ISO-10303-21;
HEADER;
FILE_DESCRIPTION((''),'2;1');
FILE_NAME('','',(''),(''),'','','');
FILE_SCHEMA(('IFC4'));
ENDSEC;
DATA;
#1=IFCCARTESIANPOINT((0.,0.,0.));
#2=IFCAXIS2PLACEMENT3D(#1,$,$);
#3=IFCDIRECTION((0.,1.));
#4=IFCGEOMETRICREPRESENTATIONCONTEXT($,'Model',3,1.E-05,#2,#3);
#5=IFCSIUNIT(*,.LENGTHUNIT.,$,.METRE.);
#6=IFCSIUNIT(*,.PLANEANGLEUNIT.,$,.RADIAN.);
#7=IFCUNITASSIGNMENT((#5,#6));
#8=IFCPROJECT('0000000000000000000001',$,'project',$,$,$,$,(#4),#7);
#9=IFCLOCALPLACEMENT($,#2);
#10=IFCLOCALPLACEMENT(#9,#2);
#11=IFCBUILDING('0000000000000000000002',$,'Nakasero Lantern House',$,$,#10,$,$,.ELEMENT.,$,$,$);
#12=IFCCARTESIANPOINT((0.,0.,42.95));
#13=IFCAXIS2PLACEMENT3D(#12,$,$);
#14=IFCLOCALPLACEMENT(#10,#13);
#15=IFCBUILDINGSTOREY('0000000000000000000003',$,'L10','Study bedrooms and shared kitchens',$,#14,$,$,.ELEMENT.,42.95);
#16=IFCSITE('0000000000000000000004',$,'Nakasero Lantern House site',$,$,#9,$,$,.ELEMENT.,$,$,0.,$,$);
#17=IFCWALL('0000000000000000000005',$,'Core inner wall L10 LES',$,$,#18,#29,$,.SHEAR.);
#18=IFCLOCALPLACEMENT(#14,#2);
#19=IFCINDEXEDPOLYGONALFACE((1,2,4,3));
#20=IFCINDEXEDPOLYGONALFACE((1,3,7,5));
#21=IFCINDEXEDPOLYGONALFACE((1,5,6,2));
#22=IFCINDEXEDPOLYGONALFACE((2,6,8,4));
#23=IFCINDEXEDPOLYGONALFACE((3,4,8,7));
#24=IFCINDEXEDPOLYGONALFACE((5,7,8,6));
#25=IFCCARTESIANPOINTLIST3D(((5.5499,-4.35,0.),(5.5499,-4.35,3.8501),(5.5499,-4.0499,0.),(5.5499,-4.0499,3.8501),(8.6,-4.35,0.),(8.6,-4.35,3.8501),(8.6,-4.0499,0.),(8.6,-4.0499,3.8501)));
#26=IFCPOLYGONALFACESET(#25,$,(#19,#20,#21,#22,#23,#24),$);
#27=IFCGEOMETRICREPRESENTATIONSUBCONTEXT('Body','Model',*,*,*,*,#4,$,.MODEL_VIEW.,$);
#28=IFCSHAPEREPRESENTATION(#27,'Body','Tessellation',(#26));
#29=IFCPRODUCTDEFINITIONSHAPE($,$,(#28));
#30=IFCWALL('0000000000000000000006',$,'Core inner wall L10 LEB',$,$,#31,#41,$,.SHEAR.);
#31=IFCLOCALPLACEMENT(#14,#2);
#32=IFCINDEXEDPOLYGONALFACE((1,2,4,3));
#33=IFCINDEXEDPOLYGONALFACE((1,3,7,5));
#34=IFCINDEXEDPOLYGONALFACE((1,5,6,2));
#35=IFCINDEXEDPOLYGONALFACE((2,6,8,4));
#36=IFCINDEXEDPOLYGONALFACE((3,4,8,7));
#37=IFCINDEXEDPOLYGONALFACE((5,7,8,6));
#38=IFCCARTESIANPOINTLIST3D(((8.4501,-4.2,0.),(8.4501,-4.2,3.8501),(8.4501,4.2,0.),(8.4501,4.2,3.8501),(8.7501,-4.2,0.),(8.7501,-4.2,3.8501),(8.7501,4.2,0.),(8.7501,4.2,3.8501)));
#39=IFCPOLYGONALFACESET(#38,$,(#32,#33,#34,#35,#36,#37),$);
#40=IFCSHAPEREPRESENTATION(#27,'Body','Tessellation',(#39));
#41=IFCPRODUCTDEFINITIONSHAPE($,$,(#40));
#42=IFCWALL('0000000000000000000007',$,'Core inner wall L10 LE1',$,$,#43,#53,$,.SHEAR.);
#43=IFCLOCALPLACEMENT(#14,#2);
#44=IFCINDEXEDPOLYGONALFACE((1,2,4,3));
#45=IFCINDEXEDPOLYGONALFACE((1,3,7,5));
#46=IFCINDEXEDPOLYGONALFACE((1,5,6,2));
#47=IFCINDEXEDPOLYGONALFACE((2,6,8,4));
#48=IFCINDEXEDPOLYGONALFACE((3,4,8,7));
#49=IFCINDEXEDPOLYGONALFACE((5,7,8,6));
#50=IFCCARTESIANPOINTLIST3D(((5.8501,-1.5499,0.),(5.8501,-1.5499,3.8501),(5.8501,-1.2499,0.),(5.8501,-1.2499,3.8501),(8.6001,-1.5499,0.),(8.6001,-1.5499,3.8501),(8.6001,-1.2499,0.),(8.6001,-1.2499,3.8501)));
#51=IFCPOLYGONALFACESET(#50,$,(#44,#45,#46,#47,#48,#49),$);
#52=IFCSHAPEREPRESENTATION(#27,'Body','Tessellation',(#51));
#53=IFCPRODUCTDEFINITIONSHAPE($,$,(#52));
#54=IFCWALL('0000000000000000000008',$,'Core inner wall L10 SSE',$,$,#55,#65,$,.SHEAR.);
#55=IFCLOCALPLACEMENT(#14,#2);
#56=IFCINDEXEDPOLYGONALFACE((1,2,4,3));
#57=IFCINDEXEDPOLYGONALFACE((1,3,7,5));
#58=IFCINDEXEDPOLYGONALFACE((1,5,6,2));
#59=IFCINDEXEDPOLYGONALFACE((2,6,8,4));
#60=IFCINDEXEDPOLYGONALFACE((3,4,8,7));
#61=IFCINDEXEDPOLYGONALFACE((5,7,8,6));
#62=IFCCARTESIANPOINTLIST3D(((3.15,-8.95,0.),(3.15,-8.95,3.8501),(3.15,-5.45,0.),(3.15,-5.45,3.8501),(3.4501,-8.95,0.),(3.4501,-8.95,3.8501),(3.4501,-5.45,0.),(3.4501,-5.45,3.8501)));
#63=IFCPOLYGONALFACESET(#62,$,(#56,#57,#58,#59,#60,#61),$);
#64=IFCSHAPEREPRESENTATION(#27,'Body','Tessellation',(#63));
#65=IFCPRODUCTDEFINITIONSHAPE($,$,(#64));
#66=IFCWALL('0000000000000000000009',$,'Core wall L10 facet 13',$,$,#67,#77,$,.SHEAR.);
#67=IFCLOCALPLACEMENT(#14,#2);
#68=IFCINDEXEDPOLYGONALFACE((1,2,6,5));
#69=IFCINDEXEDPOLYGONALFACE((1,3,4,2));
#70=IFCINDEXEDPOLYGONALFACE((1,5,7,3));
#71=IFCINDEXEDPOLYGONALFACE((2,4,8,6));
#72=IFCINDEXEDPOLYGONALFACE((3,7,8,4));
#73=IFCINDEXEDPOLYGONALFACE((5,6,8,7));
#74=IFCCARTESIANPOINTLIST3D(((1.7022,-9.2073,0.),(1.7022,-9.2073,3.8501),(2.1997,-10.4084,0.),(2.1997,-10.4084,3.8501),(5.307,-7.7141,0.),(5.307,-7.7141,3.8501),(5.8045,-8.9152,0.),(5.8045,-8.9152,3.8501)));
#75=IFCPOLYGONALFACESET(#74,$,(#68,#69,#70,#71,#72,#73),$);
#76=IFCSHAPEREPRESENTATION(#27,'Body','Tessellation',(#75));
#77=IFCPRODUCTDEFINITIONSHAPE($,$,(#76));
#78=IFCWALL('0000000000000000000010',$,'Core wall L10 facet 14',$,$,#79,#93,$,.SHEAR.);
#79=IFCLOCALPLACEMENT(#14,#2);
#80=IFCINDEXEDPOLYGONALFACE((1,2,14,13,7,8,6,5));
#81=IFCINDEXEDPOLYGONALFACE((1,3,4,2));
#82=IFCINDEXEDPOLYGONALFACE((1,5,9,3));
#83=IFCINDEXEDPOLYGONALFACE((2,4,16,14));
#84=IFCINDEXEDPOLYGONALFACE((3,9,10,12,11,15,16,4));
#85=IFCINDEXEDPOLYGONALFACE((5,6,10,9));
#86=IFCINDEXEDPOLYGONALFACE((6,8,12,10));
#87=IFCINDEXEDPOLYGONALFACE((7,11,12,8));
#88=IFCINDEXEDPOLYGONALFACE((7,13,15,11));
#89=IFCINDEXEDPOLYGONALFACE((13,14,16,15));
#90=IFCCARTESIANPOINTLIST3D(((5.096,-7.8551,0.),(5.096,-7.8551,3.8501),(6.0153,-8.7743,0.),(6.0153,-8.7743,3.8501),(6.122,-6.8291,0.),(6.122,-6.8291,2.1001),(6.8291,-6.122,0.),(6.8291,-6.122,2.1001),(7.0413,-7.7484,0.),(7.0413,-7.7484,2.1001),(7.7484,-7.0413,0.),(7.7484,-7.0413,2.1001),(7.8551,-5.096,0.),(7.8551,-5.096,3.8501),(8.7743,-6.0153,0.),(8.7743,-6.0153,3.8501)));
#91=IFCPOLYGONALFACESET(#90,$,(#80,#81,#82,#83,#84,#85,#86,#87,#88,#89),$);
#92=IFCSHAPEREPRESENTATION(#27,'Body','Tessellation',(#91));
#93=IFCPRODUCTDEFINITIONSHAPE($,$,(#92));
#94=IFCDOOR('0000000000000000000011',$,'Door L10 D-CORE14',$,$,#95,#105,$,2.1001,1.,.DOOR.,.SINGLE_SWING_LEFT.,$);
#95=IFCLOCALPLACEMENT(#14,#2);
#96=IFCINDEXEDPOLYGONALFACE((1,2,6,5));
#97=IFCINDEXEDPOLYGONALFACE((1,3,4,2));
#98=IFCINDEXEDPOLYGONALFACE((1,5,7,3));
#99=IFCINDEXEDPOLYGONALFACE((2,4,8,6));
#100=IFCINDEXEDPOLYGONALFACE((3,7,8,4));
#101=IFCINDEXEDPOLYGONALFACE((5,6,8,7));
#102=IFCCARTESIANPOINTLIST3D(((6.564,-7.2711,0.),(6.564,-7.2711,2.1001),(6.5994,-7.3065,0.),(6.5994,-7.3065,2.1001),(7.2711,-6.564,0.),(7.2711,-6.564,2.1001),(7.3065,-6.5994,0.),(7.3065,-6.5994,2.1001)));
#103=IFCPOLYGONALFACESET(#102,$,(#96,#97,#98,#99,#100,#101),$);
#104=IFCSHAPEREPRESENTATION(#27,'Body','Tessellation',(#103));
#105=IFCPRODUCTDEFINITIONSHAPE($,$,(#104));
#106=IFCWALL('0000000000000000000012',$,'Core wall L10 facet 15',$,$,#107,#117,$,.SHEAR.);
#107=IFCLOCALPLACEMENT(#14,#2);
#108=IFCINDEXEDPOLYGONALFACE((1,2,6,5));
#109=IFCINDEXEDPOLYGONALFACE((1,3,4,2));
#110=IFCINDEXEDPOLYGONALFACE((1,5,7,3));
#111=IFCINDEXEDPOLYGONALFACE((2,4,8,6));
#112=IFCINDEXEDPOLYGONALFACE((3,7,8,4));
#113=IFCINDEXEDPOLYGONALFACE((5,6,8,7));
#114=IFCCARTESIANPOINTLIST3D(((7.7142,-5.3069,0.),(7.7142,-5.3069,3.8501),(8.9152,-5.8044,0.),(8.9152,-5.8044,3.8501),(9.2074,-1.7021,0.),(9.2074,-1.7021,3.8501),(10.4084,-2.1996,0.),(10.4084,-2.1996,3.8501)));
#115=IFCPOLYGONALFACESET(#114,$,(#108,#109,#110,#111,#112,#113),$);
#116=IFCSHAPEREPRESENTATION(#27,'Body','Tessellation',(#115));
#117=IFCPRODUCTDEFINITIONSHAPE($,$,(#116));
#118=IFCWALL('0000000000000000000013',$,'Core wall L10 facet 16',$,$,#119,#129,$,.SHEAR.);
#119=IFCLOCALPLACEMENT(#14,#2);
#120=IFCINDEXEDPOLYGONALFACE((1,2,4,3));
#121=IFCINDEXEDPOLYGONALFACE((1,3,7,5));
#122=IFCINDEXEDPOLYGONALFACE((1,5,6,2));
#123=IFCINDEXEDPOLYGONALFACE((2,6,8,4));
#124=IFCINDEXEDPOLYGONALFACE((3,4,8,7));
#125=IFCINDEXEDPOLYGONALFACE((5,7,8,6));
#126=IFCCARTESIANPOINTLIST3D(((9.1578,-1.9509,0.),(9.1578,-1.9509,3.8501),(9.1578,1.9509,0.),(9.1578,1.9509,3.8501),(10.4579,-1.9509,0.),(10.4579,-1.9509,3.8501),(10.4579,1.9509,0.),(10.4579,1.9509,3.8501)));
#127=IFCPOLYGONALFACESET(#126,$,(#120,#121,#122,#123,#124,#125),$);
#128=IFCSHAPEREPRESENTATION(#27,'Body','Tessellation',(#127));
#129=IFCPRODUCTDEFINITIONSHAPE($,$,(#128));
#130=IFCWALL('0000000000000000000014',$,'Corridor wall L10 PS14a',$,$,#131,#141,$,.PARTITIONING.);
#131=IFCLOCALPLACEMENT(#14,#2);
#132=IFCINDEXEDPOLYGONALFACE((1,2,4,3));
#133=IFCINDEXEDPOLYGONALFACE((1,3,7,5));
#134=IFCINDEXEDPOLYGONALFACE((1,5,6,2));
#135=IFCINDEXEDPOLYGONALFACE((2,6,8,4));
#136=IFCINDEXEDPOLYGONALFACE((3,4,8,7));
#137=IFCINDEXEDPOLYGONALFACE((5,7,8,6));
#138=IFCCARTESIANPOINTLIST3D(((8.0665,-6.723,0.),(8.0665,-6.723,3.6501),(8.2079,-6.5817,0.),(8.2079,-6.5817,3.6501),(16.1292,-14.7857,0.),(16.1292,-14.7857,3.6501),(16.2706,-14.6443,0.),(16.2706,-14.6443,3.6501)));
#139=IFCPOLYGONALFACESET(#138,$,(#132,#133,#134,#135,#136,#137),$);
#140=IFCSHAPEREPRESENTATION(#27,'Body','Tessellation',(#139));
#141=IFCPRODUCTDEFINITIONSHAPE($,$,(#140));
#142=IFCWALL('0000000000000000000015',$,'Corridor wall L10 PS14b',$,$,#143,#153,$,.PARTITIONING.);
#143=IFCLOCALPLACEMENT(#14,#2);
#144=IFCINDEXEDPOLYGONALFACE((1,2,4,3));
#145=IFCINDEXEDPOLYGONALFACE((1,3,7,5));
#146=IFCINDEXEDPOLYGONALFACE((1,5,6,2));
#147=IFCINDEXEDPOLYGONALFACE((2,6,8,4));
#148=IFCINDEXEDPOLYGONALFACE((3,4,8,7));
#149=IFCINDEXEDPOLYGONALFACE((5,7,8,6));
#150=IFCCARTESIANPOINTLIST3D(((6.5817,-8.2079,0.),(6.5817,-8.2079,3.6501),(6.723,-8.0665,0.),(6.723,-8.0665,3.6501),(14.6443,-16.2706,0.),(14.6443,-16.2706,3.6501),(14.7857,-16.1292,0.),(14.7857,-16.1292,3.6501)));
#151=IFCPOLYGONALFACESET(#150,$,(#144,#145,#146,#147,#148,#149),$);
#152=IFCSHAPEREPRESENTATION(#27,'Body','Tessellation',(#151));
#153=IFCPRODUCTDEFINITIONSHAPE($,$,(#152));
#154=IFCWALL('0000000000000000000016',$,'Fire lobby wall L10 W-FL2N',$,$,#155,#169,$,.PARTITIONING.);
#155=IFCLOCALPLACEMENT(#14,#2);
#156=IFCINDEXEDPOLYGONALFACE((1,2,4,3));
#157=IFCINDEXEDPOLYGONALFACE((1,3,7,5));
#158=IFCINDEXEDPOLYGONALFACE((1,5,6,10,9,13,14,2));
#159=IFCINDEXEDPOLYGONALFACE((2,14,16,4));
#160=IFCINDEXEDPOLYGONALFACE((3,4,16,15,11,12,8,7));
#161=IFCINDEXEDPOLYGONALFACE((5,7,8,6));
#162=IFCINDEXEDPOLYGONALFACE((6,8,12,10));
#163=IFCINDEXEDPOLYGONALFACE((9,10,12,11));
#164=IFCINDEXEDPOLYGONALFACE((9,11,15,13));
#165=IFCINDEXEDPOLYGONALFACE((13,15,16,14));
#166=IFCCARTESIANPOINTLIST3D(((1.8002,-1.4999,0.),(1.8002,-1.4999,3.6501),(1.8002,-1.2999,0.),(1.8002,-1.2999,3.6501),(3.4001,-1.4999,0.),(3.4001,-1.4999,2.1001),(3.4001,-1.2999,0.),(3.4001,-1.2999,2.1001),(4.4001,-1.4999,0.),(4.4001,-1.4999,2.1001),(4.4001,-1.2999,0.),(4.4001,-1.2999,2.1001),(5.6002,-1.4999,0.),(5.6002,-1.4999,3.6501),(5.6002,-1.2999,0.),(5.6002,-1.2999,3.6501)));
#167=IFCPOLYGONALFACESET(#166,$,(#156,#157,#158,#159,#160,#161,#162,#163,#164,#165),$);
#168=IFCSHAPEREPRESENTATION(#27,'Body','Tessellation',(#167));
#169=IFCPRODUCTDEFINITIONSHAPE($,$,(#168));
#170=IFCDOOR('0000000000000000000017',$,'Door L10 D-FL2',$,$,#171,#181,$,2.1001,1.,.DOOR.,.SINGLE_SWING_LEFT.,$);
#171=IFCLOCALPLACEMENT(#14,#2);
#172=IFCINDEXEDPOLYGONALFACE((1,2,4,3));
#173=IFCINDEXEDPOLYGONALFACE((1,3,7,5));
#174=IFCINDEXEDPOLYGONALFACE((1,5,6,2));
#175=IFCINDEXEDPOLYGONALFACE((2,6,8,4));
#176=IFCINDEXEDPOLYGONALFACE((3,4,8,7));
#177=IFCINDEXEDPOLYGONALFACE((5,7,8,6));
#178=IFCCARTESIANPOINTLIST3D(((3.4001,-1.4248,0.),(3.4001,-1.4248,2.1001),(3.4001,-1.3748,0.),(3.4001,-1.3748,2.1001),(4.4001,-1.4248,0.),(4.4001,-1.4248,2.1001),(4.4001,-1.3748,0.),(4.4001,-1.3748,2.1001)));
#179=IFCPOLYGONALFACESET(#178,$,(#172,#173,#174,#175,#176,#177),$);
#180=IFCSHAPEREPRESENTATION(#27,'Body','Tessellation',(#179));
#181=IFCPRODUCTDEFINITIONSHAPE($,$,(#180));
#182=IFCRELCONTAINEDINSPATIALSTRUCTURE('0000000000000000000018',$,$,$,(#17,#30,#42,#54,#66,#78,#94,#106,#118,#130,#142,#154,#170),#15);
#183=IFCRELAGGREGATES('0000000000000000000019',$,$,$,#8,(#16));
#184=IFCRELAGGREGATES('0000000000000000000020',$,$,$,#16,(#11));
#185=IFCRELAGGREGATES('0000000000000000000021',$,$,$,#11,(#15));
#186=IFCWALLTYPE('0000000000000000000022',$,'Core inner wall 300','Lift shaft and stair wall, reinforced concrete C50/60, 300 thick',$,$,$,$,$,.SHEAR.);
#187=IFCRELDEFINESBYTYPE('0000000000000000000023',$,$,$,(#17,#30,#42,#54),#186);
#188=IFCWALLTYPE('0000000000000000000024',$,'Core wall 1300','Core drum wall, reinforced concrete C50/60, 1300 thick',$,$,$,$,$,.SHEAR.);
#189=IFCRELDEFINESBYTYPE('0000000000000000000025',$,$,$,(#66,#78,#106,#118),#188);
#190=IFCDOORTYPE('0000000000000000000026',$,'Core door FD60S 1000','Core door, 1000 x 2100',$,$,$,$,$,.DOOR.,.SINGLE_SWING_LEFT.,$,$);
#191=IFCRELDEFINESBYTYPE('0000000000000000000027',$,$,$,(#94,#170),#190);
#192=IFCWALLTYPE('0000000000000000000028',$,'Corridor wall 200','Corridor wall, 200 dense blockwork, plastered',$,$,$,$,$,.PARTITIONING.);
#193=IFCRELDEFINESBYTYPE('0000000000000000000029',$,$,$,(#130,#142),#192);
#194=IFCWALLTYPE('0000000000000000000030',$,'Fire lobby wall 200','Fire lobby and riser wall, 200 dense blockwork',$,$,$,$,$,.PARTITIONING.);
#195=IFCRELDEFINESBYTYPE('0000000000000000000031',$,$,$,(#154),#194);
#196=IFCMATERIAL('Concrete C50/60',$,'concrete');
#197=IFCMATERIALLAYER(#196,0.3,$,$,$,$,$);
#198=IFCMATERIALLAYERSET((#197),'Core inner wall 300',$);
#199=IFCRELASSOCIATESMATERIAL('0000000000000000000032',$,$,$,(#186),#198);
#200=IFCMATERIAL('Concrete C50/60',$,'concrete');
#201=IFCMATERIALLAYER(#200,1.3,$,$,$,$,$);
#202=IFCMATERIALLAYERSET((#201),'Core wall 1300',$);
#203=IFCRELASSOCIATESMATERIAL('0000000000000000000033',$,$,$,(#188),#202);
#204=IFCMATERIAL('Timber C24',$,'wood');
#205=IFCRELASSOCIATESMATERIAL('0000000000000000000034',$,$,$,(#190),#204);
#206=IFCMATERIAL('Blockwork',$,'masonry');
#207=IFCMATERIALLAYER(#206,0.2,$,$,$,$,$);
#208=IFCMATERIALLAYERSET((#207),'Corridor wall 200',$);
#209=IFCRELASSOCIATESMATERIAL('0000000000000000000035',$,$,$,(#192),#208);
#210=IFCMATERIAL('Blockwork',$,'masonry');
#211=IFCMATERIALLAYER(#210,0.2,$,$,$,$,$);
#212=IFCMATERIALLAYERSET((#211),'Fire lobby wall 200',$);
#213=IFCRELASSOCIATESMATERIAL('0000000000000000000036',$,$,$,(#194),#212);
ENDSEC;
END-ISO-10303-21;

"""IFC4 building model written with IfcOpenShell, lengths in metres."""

from ifc_helpers import new_model, si_unit, direction, frame, frame_2d, origin, place, context, subcontext, project, spatial, rectangle, extrude, material, layer, layer_set, type_object, element, fill, save


model = new_model("IFC4")

# Units and contexts
model_context = context("Model", 3, precision=1e-05, world=origin(), true_north=direction((0.0, 1.0)))
body_context = subcontext(model_context, "Body", "Model", "MODEL_VIEW")
ifc_project = project(units=[si_unit("LENGTHUNIT", "METRE"), si_unit("PLANEANGLEUNIT", "RADIAN")], contexts=[model_context])

# Site, building, storey
site_placement = place(None, origin())
site = spatial("IfcSite", under=ifc_project, at=site_placement, Name="Nakasero Lantern House site", CompositionType="ELEMENT", RefElevation=0.0)
building_placement = place(site_placement, origin())
building = spatial("IfcBuilding", under=site, at=building_placement, Name="Nakasero Lantern House", CompositionType="ELEMENT")
storey_placement = place(building_placement, frame((0.0, 0.0, 42.95)))
storey = spatial("IfcBuildingStorey", under=building, at=storey_placement, Name="L10", Description="Study bedrooms and shared kitchens", CompositionType="ELEMENT", Elevation=42.95)

# Shared definitions
ifc_material_1 = material(Name="Concrete C50/60", Category="concrete")
ifc_layer_1 = layer(ifc_material_1, 0.3)
ifc_layer_set_1 = layer_set([ifc_layer_1], Name="Core inner wall 300")
wall_type_1 = type_object("IfcWallType", Name="Core inner wall 300", Description="Lift shaft and stair wall, reinforced concrete C50/60, 300 thick", PredefinedType="SHEAR", material=ifc_layer_set_1)

# Walls
wall_1_placement = place(storey_placement, frame((5.55, -4.2, 0.0), z_axis=(0.0, 0.0, 1.0), x_axis=(1.0, 0.0, 0.0)))
element("IfcWall", 1, at=wall_1_placement, inside=storey, type_object=wall_type_1, Name="Core inner wall L10 LES", PredefinedType="SHEAR", context=body_context, shape_type="SweptSolid", body=[
    extrude(rectangle(XDim=3.05, YDim=0.3, at=frame_2d((1.5249, 0.0))), origin(), (0.0, 0.0, 1.0), 3.8501),
])
wall_2_placement = place(storey_placement, frame((8.6001, -4.2, 0.0), z_axis=(0.0, 0.0, 1.0), x_axis=(0.0, 1.0, 0.0)))
element("IfcWall", 2, at=wall_2_placement, inside=storey, type_object=wall_type_1, Name="Core inner wall L10 LEB", PredefinedType="SHEAR", context=body_context, shape_type="SweptSolid", body=[
    extrude(rectangle(XDim=8.3999, YDim=0.3, at=frame_2d((4.2, 0.0))), origin(), (0.0, 0.0, 1.0), 3.8501),
])
wall_3_placement = place(storey_placement, frame((5.8501, -1.3999, 0.0), z_axis=(0.0, 0.0, 1.0), x_axis=(1.0, 0.0, 0.0)))
element("IfcWall", 3, at=wall_3_placement, inside=storey, type_object=wall_type_1, Name="Core inner wall L10 LE1", PredefinedType="SHEAR", context=body_context, shape_type="SweptSolid", body=[
    extrude(rectangle(XDim=2.75, YDim=0.3, at=frame_2d((1.375, 0.0))), origin(), (0.0, 0.0, 1.0), 3.8501),
])
wall_4_placement = place(storey_placement, frame((3.3, -5.45, 0.0), z_axis=(0.0, 0.0, 1.0), x_axis=(0.0, -1.0, 0.0)))
element("IfcWall", 4, at=wall_4_placement, inside=storey, type_object=wall_type_1, Name="Core inner wall L10 SSE", PredefinedType="SHEAR", context=body_context, shape_type="SweptSolid", body=[
    extrude(rectangle(XDim=3.5, YDim=0.3, at=frame_2d((1.75, 0.0))), origin(), (0.0, 0.0, 1.0), 3.8501),
])
ifc_material_2 = material(Name="Concrete C50/60", Category="concrete")
ifc_layer_2 = layer(ifc_material_2, 1.3)
ifc_layer_set_2 = layer_set([ifc_layer_2], Name="Core wall 1300")
wall_type_2 = type_object("IfcWallType", Name="Core wall 1300", Description="Core drum wall, reinforced concrete C50/60, 1300 thick", PredefinedType="SHEAR", material=ifc_layer_set_2)
wall_5_placement = place(storey_placement, frame((1.9509, -9.8079, 0.0), z_axis=(0.0, 0.0, 1.0), x_axis=(0.923877, 0.382691, 0.0)))
element("IfcWall", 5, at=wall_5_placement, inside=storey, type_object=wall_type_2, Name="Core wall L10 facet 13", PredefinedType="SHEAR", context=body_context, shape_type="SweptSolid", body=[
    extrude(rectangle(XDim=3.9019, YDim=1.3, at=frame_2d((1.9509, 0.0))), origin(), (0.0, 0.0, 1.0), 3.8501),
])

# Wall, opening, door
wall_6_placement = place(storey_placement, frame((5.5557, -8.3147, 0.0), z_axis=(0.0, 0.0, 1.0), x_axis=(0.707107, 0.707107, 0.0)))
wall_6 = element("IfcWall", 6, at=wall_6_placement, inside=storey, type_object=wall_type_2, Name="Core wall L10 facet 14", PredefinedType="SHEAR", context=body_context, shape_type="SweptSolid", body=[
    extrude(rectangle(XDim=3.9019, YDim=1.3, at=frame_2d((1.9509, 0.0))), origin(), (0.0, 0.0, 1.0), 3.8501),
])
opening_1_placement = place(wall_6_placement, frame((1.4509, 0.0, 0.0)))
opening_1 = element("IfcOpeningElement", 7, at=opening_1_placement, cuts=wall_6, PredefinedType="OPENING", context=body_context, shape_type="SweptSolid", body=[
    extrude(rectangle(XDim=1.0, YDim=2.1001, at=frame_2d((0.5, 1.05))), frame((0.0, 0.6699, 0.0), z_axis=(0.0, -1.0, 0.0), x_axis=(1.0, 0.0, 0.0)), (0.0, 0.0, 1.0), 1.3401),
])
ifc_material_3 = material(Name="Timber C24", Category="wood")
door_type_1 = type_object("IfcDoorType", Name="Core door FD60S 1000", Description="Core door, 1000 x 2100", OperationType="SINGLE_SWING_LEFT", PredefinedType="DOOR", material=ifc_material_3)
door_1_placement = place(opening_1_placement, origin())
door_1 = element("IfcDoor", 8, at=door_1_placement, inside=storey, type_object=door_type_1, Name="Door L10 D-CORE14", OperationType="SINGLE_SWING_LEFT", OverallHeight=2.1001, OverallWidth=1.0, PredefinedType="DOOR", context=body_context, shape_type="SweptSolid", body=[
    extrude(rectangle(XDim=1.0, YDim=2.1001, at=frame_2d((0.5, 1.05))), frame((0.0, 0.0249, 0.0), z_axis=(0.0, -1.0, 0.0), x_axis=(1.0, 0.0, 0.0)), (0.0, 0.0, 1.0), 0.05),
])
fill(opening_1, door_1)

# Walls
for number, where, z_axis, x_axis, name in (
    (9, (8.3147, -5.5557, 0.0), (0.0, 0.0, 1.0), (0.382691, 0.923877, 0.0), "Core wall L10 facet 15"),
    (10, (9.8079, -1.9509, 0.0), (0.0, 0.0, 1.0), (0.0, 1.0, 0.0), "Core wall L10 facet 16"),
):
    element("IfcWall", number, at=place(storey_placement, frame(where, z_axis=z_axis, x_axis=x_axis)), inside=storey, type_object=wall_type_2, Name=name, PredefinedType="SHEAR", context=body_context, shape_type="SweptSolid", body=[
        extrude(rectangle(XDim=3.9019, YDim=1.3, at=frame_2d((1.9509, 0.0))), origin(), (0.0, 0.0, 1.0), 3.8501),
    ])
ifc_material_4 = material(Name="Blockwork", Category="masonry")
ifc_layer_3 = layer(ifc_material_4, 0.2)
ifc_layer_set_3 = layer_set([ifc_layer_3], Name="Corridor wall 200")
wall_type_3 = type_object("IfcWallType", Name="Corridor wall 200", Description="Corridor wall, 200 dense blockwork, plastered", PredefinedType="PARTITIONING", material=ifc_layer_set_3)
for number, where, z_axis, x_axis, name in (
    (11, (8.1372, -6.6523, 0.0), (0.0, 0.0, 1.0), (0.707107, -0.707107, 0.0), "Corridor wall L10 PS14a"),
    (12, (6.6523, -8.1372, 0.0), (0.0, 0.0, 1.0), (0.707107, -0.707107, 0.0), "Corridor wall L10 PS14b"),
):
    element("IfcWall", number, at=place(storey_placement, frame(where, z_axis=z_axis, x_axis=x_axis)), inside=storey, type_object=wall_type_3, Name=name, PredefinedType="PARTITIONING", context=body_context, shape_type="SweptSolid", body=[
        extrude(rectangle(XDim=11.4023, YDim=0.2, at=frame_2d((5.7012, 0.0))), origin(), (0.0, 0.0, 1.0), 3.6501),
    ])

# Wall, opening, door
ifc_material_5 = material(Name="Blockwork", Category="masonry")
ifc_layer_4 = layer(ifc_material_5, 0.2)
ifc_layer_set_4 = layer_set([ifc_layer_4], Name="Fire lobby wall 200")
wall_type_4 = type_object("IfcWallType", Name="Fire lobby wall 200", Description="Fire lobby and riser wall, 200 dense blockwork", PredefinedType="PARTITIONING", material=ifc_layer_set_4)
wall_7_placement = place(storey_placement, frame((5.6001, -1.3999, 0.0), z_axis=(0.0, 0.0, 1.0), x_axis=(-1.0, 0.0, 0.0)))
wall_7 = element("IfcWall", 13, at=wall_7_placement, inside=storey, type_object=wall_type_4, Name="Fire lobby wall L10 W-FL2N", PredefinedType="PARTITIONING", context=body_context, shape_type="SweptSolid", body=[
    extrude(rectangle(XDim=3.8, YDim=0.2, at=frame_2d((1.8999, 0.0))), origin(), (0.0, 0.0, 1.0), 3.6501),
])
opening_2_placement = place(wall_7_placement, frame((1.2, 0.0, 0.0)))
opening_2 = element("IfcOpeningElement", 14, at=opening_2_placement, cuts=wall_7, PredefinedType="OPENING", context=body_context, shape_type="SweptSolid", body=[
    extrude(rectangle(XDim=1.0, YDim=2.1001, at=frame_2d((0.5, 1.05))), frame((0.0, 0.1199, 0.0), z_axis=(0.0, -1.0, 0.0), x_axis=(1.0, 0.0, 0.0)), (0.0, 0.0, 1.0), 0.24),
])
door_2_placement = place(opening_2_placement, origin())
door_2 = element("IfcDoor", 15, at=door_2_placement, inside=storey, type_object=door_type_1, Name="Door L10 D-FL2", OperationType="SINGLE_SWING_LEFT", OverallHeight=2.1001, OverallWidth=1.0, PredefinedType="DOOR", context=body_context, shape_type="SweptSolid", body=[
    extrude(rectangle(XDim=1.0, YDim=2.1001, at=frame_2d((0.5, 1.05))), frame((0.0, 0.0249, 0.0), z_axis=(0.0, -1.0, 0.0), x_axis=(1.0, 0.0, 0.0)), (0.0, 0.0, 1.0), 0.05),
])
fill(opening_2, door_2)

save(model, "model.ifc")
